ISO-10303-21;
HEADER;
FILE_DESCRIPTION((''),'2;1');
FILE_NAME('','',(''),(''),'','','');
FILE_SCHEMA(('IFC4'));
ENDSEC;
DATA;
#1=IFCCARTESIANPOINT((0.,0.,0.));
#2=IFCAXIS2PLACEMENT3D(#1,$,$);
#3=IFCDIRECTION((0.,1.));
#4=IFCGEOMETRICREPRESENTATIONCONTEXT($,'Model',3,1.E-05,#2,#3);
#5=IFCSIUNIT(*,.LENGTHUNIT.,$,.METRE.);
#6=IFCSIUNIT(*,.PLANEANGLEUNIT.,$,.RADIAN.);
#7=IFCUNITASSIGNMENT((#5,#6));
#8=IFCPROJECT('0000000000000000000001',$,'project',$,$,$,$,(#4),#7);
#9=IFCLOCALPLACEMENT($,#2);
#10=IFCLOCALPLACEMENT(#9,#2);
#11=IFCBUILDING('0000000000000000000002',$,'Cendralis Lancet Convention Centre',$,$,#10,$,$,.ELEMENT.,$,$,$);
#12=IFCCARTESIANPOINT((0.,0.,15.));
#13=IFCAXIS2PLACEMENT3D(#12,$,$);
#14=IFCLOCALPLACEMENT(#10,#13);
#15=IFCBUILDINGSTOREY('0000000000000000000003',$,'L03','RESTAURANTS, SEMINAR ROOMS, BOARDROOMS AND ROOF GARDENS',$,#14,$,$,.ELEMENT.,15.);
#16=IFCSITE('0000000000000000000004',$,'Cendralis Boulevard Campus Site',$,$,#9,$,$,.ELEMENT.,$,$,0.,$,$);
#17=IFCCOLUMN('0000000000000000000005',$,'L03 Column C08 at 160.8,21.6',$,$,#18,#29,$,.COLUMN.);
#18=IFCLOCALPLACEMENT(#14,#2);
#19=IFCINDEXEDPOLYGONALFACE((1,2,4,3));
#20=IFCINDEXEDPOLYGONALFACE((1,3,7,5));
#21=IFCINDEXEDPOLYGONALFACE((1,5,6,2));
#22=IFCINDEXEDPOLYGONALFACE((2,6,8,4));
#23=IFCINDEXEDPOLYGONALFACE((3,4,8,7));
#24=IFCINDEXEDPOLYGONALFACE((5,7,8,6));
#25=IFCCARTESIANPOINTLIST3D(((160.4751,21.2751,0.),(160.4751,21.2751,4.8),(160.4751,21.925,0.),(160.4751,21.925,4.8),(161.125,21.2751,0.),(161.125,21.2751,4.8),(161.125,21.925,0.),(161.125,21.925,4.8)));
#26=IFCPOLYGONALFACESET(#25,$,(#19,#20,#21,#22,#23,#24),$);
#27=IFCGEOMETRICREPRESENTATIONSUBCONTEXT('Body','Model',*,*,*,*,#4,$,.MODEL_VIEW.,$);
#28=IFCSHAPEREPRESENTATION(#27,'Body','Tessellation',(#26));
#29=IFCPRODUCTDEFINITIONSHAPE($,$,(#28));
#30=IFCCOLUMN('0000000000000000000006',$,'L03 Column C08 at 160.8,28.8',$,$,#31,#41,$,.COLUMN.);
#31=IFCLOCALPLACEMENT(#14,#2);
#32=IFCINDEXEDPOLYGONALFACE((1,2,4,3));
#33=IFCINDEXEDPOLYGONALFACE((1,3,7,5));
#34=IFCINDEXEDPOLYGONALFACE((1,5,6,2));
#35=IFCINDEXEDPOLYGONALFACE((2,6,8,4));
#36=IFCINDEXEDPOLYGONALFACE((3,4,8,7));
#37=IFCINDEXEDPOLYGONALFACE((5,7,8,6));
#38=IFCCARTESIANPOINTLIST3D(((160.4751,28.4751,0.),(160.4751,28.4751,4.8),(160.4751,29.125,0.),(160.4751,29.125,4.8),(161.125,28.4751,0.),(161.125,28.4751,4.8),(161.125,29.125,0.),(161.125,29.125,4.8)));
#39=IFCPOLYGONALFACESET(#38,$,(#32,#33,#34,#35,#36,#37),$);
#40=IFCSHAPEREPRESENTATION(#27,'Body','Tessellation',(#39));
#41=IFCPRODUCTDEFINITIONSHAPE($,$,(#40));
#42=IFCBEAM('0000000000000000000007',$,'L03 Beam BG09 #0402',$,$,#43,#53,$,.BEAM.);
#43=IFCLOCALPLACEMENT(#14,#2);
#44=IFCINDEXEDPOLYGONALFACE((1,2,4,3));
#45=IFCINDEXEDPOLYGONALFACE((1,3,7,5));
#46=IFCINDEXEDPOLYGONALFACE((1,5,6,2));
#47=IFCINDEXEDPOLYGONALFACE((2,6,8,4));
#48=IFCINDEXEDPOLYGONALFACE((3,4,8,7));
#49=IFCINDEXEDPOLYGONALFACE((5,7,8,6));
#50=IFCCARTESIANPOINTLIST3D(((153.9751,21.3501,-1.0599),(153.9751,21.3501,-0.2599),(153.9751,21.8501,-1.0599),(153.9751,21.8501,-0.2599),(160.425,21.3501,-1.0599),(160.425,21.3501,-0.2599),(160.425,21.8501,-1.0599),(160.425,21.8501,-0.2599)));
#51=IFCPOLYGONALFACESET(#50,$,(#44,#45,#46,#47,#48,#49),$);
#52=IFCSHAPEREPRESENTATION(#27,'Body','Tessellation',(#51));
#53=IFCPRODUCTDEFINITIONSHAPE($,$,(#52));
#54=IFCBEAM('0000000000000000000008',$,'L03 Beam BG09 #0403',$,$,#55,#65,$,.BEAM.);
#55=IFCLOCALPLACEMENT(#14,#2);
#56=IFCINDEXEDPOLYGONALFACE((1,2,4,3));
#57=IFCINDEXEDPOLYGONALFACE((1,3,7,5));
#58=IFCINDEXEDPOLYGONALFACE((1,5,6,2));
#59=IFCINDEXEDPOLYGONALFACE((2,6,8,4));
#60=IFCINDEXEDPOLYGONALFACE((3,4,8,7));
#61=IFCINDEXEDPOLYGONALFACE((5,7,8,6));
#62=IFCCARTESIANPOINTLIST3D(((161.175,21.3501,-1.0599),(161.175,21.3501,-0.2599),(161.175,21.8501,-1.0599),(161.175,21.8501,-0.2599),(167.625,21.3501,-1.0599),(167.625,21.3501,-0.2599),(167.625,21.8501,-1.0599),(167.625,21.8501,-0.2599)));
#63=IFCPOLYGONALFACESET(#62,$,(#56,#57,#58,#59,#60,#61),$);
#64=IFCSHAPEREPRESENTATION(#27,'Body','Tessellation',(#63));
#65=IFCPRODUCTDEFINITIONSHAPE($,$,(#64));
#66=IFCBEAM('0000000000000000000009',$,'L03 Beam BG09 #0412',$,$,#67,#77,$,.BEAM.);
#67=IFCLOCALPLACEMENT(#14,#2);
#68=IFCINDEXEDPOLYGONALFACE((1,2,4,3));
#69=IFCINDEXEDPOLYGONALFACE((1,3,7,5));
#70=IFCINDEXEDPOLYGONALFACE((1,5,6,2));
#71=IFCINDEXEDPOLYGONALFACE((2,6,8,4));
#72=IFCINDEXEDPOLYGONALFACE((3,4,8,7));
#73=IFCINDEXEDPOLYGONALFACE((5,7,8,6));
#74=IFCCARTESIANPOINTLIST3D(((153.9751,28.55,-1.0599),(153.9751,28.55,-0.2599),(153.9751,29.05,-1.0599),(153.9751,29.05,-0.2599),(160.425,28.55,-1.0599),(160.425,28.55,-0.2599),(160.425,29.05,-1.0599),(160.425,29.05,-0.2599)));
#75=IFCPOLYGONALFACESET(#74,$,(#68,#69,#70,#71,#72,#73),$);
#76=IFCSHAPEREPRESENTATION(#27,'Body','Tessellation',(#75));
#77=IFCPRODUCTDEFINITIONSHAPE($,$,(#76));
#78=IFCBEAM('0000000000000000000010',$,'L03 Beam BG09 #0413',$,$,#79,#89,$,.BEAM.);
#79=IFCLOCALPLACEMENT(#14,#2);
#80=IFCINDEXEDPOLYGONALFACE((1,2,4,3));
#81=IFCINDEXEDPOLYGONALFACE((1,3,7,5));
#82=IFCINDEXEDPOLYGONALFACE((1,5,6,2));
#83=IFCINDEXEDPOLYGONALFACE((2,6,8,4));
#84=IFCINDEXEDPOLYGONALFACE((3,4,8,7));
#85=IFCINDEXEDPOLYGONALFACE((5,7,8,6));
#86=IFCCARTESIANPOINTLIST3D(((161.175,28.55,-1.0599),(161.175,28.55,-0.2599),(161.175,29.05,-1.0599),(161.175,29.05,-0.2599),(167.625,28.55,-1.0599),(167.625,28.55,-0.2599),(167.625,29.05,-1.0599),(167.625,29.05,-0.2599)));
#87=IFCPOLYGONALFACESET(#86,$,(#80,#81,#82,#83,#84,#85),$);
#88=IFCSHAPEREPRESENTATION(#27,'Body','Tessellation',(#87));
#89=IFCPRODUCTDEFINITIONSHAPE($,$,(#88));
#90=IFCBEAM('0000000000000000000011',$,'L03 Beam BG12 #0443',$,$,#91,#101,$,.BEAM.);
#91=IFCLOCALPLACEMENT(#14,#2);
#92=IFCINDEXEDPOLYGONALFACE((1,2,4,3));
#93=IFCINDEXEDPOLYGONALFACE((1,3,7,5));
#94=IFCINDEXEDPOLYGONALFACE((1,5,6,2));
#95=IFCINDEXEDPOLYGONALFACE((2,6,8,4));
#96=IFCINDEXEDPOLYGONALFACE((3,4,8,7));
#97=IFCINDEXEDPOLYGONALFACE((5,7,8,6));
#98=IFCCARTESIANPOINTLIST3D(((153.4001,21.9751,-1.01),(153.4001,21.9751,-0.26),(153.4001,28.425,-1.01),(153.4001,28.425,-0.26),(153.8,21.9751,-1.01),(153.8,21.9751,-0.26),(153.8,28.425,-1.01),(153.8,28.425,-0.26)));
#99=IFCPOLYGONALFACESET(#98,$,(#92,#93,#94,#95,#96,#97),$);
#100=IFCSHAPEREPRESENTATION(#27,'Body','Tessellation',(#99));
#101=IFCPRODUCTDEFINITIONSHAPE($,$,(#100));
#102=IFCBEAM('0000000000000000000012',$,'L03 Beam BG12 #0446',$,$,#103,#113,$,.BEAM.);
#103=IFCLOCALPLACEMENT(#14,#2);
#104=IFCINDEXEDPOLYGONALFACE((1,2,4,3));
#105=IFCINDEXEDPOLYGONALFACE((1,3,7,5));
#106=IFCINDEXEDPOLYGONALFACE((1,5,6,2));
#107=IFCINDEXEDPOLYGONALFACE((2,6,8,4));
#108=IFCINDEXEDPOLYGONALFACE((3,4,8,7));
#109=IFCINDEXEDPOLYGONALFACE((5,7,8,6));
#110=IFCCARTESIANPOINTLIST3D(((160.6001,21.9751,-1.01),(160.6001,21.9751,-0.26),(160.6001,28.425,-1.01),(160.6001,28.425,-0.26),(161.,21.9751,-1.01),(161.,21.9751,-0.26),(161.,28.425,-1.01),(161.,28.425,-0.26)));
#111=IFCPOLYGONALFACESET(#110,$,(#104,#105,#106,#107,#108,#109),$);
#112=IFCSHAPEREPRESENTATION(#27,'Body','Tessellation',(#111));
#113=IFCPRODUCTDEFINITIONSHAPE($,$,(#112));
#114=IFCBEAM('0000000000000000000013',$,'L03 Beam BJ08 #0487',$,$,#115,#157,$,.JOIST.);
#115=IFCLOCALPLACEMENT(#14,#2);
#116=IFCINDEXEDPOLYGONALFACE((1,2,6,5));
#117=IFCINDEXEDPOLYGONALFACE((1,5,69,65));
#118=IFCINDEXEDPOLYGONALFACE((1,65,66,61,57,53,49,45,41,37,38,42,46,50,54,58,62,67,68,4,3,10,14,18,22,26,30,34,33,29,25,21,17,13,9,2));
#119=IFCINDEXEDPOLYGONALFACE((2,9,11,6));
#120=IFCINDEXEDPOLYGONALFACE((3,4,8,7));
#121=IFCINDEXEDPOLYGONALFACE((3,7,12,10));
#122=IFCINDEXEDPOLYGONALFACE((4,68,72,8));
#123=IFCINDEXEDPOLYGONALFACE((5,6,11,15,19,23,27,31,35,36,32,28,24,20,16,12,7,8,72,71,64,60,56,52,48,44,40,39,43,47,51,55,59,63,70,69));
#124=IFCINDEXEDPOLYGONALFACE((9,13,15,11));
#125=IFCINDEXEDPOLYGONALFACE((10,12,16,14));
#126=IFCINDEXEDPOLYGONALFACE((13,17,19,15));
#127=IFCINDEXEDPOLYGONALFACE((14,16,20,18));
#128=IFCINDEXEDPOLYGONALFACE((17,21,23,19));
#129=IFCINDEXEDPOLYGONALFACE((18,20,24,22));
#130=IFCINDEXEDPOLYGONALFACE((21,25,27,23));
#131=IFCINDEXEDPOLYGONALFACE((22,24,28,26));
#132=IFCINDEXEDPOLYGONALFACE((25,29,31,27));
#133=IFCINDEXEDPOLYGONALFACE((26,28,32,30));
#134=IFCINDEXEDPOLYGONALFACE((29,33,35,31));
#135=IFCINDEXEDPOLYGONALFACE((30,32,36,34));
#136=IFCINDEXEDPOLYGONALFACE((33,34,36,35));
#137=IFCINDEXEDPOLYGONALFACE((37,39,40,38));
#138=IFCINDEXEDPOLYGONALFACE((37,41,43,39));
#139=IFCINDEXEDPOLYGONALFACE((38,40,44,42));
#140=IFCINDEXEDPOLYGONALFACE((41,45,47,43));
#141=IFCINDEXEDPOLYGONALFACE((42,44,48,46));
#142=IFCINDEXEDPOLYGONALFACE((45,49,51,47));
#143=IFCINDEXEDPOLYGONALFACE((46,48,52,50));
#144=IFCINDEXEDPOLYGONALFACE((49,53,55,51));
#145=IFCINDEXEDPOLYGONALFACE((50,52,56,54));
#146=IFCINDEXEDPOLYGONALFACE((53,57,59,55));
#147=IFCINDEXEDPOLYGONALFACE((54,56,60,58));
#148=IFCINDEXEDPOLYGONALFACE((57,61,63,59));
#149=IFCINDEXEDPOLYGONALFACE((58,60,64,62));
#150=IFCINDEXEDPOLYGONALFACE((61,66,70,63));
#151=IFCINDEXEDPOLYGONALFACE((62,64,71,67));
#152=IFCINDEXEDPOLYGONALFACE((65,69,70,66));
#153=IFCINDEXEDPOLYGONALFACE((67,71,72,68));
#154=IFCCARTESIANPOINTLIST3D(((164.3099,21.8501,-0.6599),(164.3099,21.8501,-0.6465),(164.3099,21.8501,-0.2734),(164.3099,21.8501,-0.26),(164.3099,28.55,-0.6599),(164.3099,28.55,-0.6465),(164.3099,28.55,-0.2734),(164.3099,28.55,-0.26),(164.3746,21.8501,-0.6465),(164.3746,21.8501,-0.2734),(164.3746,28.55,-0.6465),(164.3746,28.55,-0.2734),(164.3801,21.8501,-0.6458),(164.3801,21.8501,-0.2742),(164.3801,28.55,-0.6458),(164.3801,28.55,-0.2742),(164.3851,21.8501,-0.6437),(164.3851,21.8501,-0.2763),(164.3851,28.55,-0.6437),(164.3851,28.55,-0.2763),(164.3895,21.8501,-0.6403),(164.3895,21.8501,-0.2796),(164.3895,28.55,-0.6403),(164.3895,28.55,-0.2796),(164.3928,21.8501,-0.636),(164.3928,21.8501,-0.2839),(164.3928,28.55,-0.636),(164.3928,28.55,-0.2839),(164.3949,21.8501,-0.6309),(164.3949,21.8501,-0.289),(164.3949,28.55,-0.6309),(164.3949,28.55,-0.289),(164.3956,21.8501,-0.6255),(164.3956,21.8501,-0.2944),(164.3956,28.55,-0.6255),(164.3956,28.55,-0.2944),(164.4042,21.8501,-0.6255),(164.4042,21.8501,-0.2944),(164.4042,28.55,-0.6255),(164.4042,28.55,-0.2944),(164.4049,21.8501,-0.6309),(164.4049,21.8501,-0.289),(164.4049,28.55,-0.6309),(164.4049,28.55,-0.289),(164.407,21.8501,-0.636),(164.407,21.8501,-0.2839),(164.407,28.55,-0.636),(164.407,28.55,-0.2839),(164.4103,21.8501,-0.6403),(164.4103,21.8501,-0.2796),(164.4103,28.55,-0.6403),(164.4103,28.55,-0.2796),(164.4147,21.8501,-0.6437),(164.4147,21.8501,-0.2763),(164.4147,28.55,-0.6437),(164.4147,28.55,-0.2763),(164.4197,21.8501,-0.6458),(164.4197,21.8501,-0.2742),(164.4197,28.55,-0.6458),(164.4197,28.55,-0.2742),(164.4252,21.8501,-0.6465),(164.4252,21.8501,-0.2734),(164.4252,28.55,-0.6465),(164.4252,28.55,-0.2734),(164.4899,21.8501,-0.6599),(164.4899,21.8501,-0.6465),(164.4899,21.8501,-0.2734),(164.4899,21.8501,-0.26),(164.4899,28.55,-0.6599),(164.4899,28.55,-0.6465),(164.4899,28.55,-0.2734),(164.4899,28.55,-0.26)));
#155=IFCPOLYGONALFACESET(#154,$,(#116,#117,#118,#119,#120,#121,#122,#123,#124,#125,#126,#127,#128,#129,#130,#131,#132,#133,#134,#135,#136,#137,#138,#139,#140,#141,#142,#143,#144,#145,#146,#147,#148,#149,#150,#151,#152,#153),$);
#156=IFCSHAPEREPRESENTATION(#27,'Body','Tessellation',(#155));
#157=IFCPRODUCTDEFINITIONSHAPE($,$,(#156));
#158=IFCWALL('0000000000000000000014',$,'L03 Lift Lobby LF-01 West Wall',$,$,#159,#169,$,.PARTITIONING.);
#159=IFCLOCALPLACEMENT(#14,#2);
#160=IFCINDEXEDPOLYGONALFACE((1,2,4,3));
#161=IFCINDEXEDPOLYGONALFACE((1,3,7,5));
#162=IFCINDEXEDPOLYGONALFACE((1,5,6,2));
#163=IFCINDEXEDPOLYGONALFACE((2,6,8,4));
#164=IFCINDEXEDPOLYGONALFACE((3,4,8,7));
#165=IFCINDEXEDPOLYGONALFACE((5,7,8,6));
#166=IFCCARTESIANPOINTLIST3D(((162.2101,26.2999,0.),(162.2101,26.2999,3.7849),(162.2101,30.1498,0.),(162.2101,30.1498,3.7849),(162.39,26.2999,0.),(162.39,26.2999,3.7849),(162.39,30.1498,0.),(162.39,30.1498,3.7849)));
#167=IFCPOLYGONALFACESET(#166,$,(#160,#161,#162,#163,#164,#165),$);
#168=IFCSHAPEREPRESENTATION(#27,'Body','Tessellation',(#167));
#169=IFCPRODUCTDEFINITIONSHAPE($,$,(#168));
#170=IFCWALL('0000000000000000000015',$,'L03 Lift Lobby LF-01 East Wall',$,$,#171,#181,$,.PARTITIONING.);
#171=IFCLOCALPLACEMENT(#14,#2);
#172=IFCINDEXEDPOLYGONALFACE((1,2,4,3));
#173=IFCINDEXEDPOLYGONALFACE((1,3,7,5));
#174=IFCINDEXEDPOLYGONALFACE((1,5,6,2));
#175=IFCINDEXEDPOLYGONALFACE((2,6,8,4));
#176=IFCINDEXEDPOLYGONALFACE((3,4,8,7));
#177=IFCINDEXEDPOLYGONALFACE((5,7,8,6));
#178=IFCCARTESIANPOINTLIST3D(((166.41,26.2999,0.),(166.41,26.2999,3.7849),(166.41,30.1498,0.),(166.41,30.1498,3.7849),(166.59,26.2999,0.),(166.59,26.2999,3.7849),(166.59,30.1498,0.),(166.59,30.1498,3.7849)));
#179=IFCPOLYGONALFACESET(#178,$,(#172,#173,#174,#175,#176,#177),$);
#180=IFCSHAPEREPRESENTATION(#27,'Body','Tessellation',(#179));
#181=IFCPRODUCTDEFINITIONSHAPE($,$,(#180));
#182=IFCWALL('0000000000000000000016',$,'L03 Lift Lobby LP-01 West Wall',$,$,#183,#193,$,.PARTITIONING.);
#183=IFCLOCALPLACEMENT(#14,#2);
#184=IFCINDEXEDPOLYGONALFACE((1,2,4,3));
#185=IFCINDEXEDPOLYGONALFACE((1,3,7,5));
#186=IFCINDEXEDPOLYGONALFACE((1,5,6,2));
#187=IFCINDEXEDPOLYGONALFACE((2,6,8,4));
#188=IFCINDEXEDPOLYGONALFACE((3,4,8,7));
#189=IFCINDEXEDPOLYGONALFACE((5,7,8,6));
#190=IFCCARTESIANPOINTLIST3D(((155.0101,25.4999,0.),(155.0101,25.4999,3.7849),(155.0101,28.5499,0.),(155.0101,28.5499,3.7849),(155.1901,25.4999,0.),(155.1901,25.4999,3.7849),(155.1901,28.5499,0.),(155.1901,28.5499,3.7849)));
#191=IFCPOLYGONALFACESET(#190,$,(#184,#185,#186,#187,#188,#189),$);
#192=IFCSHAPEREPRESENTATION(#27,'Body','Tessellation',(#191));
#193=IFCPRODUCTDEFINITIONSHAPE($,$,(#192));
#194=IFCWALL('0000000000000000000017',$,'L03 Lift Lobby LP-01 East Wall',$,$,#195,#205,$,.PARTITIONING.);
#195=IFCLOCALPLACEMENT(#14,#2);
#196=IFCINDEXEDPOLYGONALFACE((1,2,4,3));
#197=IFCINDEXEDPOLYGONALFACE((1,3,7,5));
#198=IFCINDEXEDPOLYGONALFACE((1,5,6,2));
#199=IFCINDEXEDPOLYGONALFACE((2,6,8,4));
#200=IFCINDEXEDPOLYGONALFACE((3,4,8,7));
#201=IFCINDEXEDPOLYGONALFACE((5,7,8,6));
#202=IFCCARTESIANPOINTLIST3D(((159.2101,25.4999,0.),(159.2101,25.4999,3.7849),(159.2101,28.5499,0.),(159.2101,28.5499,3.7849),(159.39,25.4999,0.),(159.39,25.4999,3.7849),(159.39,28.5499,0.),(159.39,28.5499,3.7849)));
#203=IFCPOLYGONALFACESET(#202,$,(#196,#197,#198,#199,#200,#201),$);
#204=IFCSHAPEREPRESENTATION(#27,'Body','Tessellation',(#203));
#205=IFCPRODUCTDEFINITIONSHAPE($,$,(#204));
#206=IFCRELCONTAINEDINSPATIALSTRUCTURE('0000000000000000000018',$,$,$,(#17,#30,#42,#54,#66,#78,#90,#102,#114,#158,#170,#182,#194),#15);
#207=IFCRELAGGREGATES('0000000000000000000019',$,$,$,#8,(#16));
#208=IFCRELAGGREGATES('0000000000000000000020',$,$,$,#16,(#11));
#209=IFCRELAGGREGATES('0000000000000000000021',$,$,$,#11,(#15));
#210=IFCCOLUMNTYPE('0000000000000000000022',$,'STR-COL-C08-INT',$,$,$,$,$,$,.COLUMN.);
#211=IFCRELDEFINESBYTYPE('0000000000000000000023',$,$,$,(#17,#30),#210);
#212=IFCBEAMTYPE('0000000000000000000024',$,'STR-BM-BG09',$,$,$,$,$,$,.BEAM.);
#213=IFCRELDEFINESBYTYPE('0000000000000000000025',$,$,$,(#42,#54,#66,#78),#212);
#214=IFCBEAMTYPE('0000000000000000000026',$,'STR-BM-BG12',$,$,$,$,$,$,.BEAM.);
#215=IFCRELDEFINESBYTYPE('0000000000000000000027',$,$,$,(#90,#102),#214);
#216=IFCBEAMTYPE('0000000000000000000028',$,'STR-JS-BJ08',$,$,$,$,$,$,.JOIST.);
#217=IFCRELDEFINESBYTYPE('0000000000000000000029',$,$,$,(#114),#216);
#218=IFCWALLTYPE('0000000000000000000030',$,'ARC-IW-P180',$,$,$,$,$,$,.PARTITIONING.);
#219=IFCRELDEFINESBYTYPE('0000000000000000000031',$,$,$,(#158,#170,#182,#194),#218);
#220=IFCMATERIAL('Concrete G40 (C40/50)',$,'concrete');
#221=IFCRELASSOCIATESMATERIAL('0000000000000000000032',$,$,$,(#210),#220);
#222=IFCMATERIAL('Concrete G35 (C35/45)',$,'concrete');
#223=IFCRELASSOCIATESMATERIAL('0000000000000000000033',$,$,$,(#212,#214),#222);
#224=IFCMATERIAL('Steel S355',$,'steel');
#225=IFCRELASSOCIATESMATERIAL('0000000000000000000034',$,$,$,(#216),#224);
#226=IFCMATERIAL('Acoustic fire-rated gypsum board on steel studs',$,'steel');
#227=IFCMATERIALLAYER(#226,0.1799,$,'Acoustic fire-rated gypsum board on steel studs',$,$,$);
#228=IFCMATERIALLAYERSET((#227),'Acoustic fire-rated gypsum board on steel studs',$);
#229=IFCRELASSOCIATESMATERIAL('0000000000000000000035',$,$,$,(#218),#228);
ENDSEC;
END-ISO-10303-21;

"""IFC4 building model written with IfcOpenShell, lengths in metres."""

from ifc_helpers import new_model, si_unit, direction, frame, frame_2d, origin, origin_2d, place, context, subcontext, project, spatial, rectangle, i_section, extrude, material, layer, layer_set, material_profile, profile_set, type_object, element, save


model = new_model("IFC4")

# Units and contexts
model_context = context("Model", 3, precision=1e-05, world=origin(), true_north=direction((0.0, 1.0)))
body_context = subcontext(model_context, "Body", "Model", "MODEL_VIEW")
ifc_project = project(units=[si_unit("LENGTHUNIT", "METRE"), si_unit("PLANEANGLEUNIT", "RADIAN")], contexts=[model_context])

# Site, building, storey
site_placement = place(None, origin())
site = spatial("IfcSite", under=ifc_project, at=site_placement, Name="Cendralis Boulevard Campus Site", CompositionType="ELEMENT", RefElevation=0.0)
building_placement = place(site_placement, origin())
building = spatial("IfcBuilding", under=site, at=building_placement, Name="Cendralis Lancet Convention Centre", CompositionType="ELEMENT")
storey_placement = place(building_placement, frame((0.0, 0.0, 15.0)))
storey = spatial("IfcBuildingStorey", under=building, at=storey_placement, Name="L03", Description="RESTAURANTS, SEMINAR ROOMS, BOARDROOMS AND ROOF GARDENS", CompositionType="ELEMENT", Elevation=15.0)

# Columns
ifc_material_1 = material(Name="Concrete G40 (C40/50)", Category="concrete")
ifc_material_profile_1 = material_profile(ifc_material_1, rectangle(XDim=0.6499, YDim=0.6499, at=origin_2d()), Name="RC 650x650")
ifc_profile_set_1 = profile_set([ifc_material_profile_1], Name="Concrete G40 (C40/50)")
column_type = type_object("IfcColumnType", Name="STR-COL-C08-INT", PredefinedType="COLUMN", material=ifc_profile_set_1)
for number, where, z_axis, x_axis, name in (
    (1, (160.8, 21.6001, 0.0), (0.0, 0.0, 1.0), (1.0, 0.0, 0.0), "L03 Column C08 at 160.8,21.6"),
    (2, (160.8, 28.8, 0.0), (0.0, 0.0, 1.0), (1.0, 0.0, 0.0), "L03 Column C08 at 160.8,28.8"),
):
    element("IfcColumn", number, at=place(storey_placement, frame(where, z_axis=z_axis, x_axis=x_axis)), inside=storey, type_object=column_type, Name=name, PredefinedType="COLUMN", context=body_context, shape_type="SweptSolid", body=[
        extrude(rectangle(XDim=0.6499, YDim=0.6499, at=origin_2d()), origin(), (0.0, 0.0, 1.0), 4.8),
    ])

# Beams
ifc_material_2 = material(Name="Concrete G35 (C35/45)", Category="concrete")
ifc_material_profile_2 = material_profile(ifc_material_2, rectangle(XDim=0.5, YDim=0.8, at=origin_2d()), Name="RCB 500x800")
ifc_profile_set_2 = profile_set([ifc_material_profile_2], Name="Concrete G35 (C35/45)")
beam_type_1 = type_object("IfcBeamType", Name="STR-BM-BG09", PredefinedType="BEAM", material=ifc_profile_set_2)
for number, where, z_axis, x_axis, name in (
    (3, (153.9751, 21.6001, -0.6599), (1.0, 0.0, 0.0), (0.0, 1.0, 0.0), "L03 Beam BG09 #0402"),
    (4, (161.175, 21.6001, -0.6599), (1.0, 0.0, 0.0), (0.0, 1.0, 0.0), "L03 Beam BG09 #0403"),
    (5, (153.9751, 28.8, -0.6599), (1.0, 0.0, 0.0), (0.0, 1.0, 0.0), "L03 Beam BG09 #0412"),
    (6, (161.175, 28.8, -0.6599), (1.0, 0.0, 0.0), (0.0, 1.0, 0.0), "L03 Beam BG09 #0413"),
):
    element("IfcBeam", number, at=place(storey_placement, frame(where, z_axis=z_axis, x_axis=x_axis)), inside=storey, type_object=beam_type_1, Name=name, PredefinedType="BEAM", context=body_context, shape_type="SweptSolid", body=[
        extrude(rectangle(XDim=0.5, YDim=0.8, at=origin_2d()), origin(), (0.0, 0.0, 1.0), 6.45),
    ])
ifc_material_profile_3 = material_profile(ifc_material_2, rectangle(XDim=0.3999, YDim=0.75, at=origin_2d()), Name="RCB 400x750")
ifc_profile_set_3 = profile_set([ifc_material_profile_3], Name="Concrete G35 (C35/45)")
beam_type_2 = type_object("IfcBeamType", Name="STR-BM-BG12", PredefinedType="BEAM", material=ifc_profile_set_3)
for number, where, z_axis, x_axis, name in (
    (7, (153.6001, 21.9751, -0.635), (0.0, 1.0, 0.0), (-1.0, 0.0, 0.0), "L03 Beam BG12 #0443"),
    (8, (160.8, 21.9751, -0.635), (0.0, 1.0, 0.0), (-1.0, 0.0, 0.0), "L03 Beam BG12 #0446"),
):
    element("IfcBeam", number, at=place(storey_placement, frame(where, z_axis=z_axis, x_axis=x_axis)), inside=storey, type_object=beam_type_2, Name=name, PredefinedType="BEAM", context=body_context, shape_type="SweptSolid", body=[
        extrude(rectangle(XDim=0.3999, YDim=0.75, at=origin_2d()), origin(), (0.0, 0.0, 1.0), 6.45),
    ])
ifc_material_3 = material(Name="Steel S355", Category="steel")
ifc_material_profile_4 = material_profile(ifc_material_3, i_section(OverallWidth=0.1799, OverallDepth=0.3999, WebThickness=0.0085, FlangeThickness=0.0134, FilletRadius=0.021, at=origin_2d()), Name="IPE 400")
ifc_profile_set_4 = profile_set([ifc_material_profile_4], Name="Steel S355")
beam_type_3 = type_object("IfcBeamType", Name="STR-JS-BJ08", PredefinedType="JOIST", material=ifc_profile_set_4)
beam_placement = place(storey_placement, frame((164.3999, 21.8501, -0.46), z_axis=(0.0, 1.0, 0.0), x_axis=(-1.0, 0.0, 0.0)))
element("IfcBeam", 9, at=beam_placement, inside=storey, type_object=beam_type_3, Name="L03 Beam BJ08 #0487", PredefinedType="JOIST", context=body_context, shape_type="SweptSolid", body=[
    extrude(i_section(OverallWidth=0.1799, OverallDepth=0.3999, WebThickness=0.0085, FlangeThickness=0.0134, FilletRadius=0.021, at=origin_2d()), origin(), (0.0, 0.0, 1.0), 6.7),
])

# Shared definitions
ifc_material_4 = material(Name="Acoustic fire-rated gypsum board on steel studs", Category="steel")
ifc_layer_1 = layer(ifc_material_4, 0.1799, Name="Acoustic fire-rated gypsum board on steel studs")
ifc_layer_set_1 = layer_set([ifc_layer_1], Name="Acoustic fire-rated gypsum board on steel studs")
wall_type_1 = type_object("IfcWallType", Name="ARC-IW-P180", PredefinedType="PARTITIONING", material=ifc_layer_set_1)

# Walls
for number, where, z_axis, x_axis, name in (
    (10, (162.3, 26.3, 0.0), (0.0, 0.0, 1.0), (0.0, 1.0, 0.0), "L03 Lift Lobby LF-01 West Wall"),
    (11, (166.5, 26.3, 0.0), (0.0, 0.0, 1.0), (0.0, 1.0, 0.0), "L03 Lift Lobby LF-01 East Wall"),
):
    element("IfcWall", number, at=place(storey_placement, frame(where, z_axis=z_axis, x_axis=x_axis)), inside=storey, type_object=wall_type_1, Name=name, PredefinedType="PARTITIONING", context=body_context, shape_type="SweptSolid", body=[
        extrude(rectangle(XDim=3.8499, YDim=0.1799, at=frame_2d((1.9248, 0.0))), origin(), (0.0, 0.0, 1.0), 3.7849),
    ])

# Walls
for number, where, z_axis, x_axis, name in (
    (12, (155.1001, 25.5, 0.0), (0.0, 0.0, 1.0), (0.0, 1.0, 0.0), "L03 Lift Lobby LP-01 West Wall"),
    (13, (159.3, 25.5, 0.0), (0.0, 0.0, 1.0), (0.0, 1.0, 0.0), "L03 Lift Lobby LP-01 East Wall"),
):
    element("IfcWall", number, at=place(storey_placement, frame(where, z_axis=z_axis, x_axis=x_axis)), inside=storey, type_object=wall_type_1, Name=name, PredefinedType="PARTITIONING", context=body_context, shape_type="SweptSolid", body=[
        extrude(rectangle(XDim=3.05, YDim=0.1799, at=frame_2d((1.5249, 0.0))), origin(), (0.0, 0.0, 1.0), 3.7849),
    ])

save(model, "model.ifc")
